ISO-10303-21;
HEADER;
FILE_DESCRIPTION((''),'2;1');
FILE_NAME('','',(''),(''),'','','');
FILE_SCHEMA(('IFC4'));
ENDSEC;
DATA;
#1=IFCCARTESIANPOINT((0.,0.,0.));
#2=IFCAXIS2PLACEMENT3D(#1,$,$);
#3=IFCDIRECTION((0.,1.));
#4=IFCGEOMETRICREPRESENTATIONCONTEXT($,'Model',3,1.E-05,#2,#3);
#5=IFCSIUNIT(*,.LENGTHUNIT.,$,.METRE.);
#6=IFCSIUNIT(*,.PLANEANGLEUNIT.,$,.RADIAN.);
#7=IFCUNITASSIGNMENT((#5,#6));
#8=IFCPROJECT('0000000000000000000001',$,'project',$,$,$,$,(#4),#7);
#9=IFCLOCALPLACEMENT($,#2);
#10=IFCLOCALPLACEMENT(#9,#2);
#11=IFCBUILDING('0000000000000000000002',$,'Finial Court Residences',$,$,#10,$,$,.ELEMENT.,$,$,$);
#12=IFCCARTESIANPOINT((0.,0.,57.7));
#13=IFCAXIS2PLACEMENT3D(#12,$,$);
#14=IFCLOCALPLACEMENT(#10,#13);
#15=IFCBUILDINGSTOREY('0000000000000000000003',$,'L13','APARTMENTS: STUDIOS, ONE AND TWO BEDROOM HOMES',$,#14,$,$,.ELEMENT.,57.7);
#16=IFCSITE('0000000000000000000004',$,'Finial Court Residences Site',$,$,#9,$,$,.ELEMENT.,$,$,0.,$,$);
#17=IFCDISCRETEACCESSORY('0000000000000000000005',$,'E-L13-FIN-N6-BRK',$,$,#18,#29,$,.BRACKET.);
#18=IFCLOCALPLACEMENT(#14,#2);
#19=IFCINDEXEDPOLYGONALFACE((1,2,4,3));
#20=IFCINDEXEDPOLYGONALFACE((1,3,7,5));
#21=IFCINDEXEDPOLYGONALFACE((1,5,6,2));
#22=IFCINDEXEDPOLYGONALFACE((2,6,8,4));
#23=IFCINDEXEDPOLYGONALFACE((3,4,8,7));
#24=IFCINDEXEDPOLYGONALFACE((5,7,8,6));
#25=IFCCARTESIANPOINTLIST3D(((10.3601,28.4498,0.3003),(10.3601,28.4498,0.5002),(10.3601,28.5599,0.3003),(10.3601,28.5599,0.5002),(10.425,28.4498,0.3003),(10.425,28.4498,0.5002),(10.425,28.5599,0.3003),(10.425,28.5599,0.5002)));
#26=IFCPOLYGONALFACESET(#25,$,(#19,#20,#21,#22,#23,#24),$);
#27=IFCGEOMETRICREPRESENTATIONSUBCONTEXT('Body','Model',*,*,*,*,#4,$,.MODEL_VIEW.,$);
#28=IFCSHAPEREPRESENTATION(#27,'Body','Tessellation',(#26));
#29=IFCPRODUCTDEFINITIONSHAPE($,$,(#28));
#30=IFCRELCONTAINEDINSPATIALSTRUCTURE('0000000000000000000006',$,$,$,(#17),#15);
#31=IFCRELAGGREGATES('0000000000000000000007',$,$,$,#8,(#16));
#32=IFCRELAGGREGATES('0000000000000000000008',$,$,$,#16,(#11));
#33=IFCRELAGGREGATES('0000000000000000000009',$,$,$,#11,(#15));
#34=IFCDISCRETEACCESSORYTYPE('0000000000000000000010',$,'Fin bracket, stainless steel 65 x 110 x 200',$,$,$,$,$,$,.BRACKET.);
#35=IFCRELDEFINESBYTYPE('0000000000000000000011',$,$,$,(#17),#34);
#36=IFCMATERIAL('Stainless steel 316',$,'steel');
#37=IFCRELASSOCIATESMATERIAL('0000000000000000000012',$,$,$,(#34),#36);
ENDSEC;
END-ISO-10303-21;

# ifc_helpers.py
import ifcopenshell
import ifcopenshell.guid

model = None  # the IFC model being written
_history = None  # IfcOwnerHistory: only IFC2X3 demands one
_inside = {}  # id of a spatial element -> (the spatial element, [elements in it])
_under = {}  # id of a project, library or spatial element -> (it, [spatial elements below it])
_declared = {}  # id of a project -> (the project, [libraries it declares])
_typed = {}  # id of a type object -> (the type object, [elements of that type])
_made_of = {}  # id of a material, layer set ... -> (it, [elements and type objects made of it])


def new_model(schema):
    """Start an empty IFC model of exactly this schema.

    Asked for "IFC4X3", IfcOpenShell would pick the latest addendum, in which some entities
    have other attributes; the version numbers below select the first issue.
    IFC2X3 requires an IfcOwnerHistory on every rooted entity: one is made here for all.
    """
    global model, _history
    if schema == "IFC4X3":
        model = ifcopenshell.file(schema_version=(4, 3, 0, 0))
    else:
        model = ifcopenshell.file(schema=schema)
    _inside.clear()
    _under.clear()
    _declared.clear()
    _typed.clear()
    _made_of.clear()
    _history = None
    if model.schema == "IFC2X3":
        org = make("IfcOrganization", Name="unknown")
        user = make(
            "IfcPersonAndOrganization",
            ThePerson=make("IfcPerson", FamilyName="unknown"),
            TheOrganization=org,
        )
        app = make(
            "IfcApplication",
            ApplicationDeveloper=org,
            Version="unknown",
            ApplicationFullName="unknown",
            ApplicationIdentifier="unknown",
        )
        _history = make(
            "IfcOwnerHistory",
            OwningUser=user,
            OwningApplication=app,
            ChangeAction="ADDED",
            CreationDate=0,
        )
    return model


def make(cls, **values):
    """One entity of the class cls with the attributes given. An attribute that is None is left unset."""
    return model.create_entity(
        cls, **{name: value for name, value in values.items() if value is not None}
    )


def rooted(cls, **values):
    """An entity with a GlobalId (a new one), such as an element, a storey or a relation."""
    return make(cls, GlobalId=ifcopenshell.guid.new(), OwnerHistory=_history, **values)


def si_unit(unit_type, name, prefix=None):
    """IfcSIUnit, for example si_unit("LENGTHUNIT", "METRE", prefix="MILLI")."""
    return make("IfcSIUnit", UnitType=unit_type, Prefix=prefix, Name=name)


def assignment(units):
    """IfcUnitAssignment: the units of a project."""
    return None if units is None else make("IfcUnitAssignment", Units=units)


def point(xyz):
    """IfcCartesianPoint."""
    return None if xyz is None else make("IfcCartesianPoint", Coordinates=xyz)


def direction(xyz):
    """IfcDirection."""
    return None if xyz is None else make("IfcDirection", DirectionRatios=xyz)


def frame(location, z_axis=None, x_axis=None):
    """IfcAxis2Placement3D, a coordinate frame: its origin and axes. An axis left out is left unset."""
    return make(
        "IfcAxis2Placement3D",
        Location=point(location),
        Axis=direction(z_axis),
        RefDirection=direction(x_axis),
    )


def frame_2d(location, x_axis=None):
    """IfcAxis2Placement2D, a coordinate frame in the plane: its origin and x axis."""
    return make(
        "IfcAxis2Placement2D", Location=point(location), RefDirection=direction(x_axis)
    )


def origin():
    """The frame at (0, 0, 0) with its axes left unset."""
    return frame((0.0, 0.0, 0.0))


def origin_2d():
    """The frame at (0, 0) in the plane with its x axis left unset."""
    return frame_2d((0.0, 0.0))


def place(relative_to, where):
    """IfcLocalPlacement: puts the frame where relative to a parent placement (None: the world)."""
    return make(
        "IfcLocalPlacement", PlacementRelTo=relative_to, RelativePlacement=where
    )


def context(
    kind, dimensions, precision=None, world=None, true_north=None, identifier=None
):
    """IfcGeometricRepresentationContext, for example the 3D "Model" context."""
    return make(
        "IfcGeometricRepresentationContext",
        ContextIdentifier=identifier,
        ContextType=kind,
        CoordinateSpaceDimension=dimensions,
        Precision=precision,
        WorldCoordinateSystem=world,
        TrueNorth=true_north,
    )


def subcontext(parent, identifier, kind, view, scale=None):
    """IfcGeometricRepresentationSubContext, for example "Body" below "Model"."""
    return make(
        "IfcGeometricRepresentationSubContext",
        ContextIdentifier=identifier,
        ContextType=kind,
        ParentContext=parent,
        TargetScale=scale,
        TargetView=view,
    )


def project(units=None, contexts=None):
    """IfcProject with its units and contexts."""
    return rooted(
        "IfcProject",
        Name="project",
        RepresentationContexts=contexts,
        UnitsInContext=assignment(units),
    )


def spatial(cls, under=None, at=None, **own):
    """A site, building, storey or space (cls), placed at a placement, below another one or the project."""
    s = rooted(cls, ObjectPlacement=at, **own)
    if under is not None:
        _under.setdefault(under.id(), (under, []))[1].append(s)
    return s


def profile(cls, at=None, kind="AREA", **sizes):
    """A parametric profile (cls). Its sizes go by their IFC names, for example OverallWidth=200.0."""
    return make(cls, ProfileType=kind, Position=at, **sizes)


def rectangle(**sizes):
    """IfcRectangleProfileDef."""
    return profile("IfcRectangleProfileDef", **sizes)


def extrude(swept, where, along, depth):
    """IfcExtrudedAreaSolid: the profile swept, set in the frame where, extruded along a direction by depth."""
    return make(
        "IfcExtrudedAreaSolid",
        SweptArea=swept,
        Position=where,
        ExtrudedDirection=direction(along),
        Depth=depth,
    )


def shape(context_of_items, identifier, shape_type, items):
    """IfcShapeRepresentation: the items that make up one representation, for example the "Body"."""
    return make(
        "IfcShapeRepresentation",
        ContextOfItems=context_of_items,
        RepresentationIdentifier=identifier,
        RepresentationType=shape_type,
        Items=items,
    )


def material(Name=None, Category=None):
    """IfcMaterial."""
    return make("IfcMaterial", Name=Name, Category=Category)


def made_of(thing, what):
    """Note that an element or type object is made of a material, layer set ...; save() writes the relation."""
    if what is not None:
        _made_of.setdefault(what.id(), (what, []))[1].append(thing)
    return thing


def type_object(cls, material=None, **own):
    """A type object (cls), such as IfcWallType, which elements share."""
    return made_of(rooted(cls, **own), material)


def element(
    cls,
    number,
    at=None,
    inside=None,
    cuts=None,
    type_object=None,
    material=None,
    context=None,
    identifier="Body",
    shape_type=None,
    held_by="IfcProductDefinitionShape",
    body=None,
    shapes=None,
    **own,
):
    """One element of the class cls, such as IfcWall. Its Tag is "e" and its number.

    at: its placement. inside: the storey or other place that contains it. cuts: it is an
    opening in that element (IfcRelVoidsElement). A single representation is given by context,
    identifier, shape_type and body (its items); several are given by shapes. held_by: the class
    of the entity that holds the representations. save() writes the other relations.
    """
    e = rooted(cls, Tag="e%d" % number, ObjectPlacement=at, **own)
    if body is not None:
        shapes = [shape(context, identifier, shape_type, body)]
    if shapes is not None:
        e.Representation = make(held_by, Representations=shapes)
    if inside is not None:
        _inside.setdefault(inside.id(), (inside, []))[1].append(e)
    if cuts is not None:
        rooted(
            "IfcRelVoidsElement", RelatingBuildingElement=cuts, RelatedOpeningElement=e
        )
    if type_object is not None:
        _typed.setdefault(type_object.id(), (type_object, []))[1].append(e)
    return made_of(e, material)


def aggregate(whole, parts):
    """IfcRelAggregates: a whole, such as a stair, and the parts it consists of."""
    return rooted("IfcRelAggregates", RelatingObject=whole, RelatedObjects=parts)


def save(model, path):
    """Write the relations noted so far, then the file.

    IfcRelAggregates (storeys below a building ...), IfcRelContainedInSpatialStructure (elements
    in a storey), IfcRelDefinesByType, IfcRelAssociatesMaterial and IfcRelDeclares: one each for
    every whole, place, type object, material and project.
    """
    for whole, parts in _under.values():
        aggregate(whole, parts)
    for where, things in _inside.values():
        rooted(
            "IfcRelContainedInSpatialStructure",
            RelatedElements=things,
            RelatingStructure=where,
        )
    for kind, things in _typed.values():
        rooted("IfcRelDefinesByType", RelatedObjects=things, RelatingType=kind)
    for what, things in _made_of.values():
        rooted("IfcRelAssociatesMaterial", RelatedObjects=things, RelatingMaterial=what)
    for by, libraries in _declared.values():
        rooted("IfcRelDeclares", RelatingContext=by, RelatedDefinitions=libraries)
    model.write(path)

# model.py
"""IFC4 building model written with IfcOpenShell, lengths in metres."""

from ifc_helpers import new_model, si_unit, direction, frame, origin, origin_2d, place, context, subcontext, project, spatial, rectangle, extrude, material, type_object, element, save


model = new_model("IFC4")

# Units and contexts
model_context = context("Model", 3, precision=1e-05, world=origin(), true_north=direction((0.0, 1.0)))
body_context = subcontext(model_context, "Body", "Model", "MODEL_VIEW")
ifc_project = project(units=[si_unit("LENGTHUNIT", "METRE"), si_unit("PLANEANGLEUNIT", "RADIAN")], contexts=[model_context])

# Site, building, storey
site_placement = place(None, origin())
site = spatial("IfcSite", under=ifc_project, at=site_placement, Name="Finial Court Residences Site", CompositionType="ELEMENT", RefElevation=0.0)
building_placement = place(site_placement, origin())
building = spatial("IfcBuilding", under=site, at=building_placement, Name="Finial Court Residences", CompositionType="ELEMENT")
storey_placement = place(building_placement, frame((0.0, 0.0, 57.7)))
storey = spatial("IfcBuildingStorey", under=building, at=storey_placement, Name="L13", Description="APARTMENTS: STUDIOS, ONE AND TWO BEDROOM HOMES", CompositionType="ELEMENT", Elevation=57.7)

# Discrete accessory
ifc_material_1 = material(Name="Stainless steel 316", Category="steel")
discrete_accessory_type = type_object("IfcDiscreteAccessoryType", Name="Fin bracket, stainless steel 65 x 110 x 200", PredefinedType="BRACKET", material=ifc_material_1)
discrete_accessory_placement = place(storey_placement, frame((10.3926, 28.5049, 0.3003), z_axis=(0.0, 0.0, 1.0), x_axis=(1.0, 0.0, 0.0)))
element("IfcDiscreteAccessory", 1, at=discrete_accessory_placement, inside=storey, type_object=discrete_accessory_type, Name="E-L13-FIN-N6-BRK", PredefinedType="BRACKET", context=body_context, shape_type="SweptSolid", body=[
    extrude(rectangle(XDim=0.0649, YDim=0.1101, at=origin_2d()), origin(), (0.0, 0.0, 1.0), 0.2),
])

save(model, "model.ifc")
